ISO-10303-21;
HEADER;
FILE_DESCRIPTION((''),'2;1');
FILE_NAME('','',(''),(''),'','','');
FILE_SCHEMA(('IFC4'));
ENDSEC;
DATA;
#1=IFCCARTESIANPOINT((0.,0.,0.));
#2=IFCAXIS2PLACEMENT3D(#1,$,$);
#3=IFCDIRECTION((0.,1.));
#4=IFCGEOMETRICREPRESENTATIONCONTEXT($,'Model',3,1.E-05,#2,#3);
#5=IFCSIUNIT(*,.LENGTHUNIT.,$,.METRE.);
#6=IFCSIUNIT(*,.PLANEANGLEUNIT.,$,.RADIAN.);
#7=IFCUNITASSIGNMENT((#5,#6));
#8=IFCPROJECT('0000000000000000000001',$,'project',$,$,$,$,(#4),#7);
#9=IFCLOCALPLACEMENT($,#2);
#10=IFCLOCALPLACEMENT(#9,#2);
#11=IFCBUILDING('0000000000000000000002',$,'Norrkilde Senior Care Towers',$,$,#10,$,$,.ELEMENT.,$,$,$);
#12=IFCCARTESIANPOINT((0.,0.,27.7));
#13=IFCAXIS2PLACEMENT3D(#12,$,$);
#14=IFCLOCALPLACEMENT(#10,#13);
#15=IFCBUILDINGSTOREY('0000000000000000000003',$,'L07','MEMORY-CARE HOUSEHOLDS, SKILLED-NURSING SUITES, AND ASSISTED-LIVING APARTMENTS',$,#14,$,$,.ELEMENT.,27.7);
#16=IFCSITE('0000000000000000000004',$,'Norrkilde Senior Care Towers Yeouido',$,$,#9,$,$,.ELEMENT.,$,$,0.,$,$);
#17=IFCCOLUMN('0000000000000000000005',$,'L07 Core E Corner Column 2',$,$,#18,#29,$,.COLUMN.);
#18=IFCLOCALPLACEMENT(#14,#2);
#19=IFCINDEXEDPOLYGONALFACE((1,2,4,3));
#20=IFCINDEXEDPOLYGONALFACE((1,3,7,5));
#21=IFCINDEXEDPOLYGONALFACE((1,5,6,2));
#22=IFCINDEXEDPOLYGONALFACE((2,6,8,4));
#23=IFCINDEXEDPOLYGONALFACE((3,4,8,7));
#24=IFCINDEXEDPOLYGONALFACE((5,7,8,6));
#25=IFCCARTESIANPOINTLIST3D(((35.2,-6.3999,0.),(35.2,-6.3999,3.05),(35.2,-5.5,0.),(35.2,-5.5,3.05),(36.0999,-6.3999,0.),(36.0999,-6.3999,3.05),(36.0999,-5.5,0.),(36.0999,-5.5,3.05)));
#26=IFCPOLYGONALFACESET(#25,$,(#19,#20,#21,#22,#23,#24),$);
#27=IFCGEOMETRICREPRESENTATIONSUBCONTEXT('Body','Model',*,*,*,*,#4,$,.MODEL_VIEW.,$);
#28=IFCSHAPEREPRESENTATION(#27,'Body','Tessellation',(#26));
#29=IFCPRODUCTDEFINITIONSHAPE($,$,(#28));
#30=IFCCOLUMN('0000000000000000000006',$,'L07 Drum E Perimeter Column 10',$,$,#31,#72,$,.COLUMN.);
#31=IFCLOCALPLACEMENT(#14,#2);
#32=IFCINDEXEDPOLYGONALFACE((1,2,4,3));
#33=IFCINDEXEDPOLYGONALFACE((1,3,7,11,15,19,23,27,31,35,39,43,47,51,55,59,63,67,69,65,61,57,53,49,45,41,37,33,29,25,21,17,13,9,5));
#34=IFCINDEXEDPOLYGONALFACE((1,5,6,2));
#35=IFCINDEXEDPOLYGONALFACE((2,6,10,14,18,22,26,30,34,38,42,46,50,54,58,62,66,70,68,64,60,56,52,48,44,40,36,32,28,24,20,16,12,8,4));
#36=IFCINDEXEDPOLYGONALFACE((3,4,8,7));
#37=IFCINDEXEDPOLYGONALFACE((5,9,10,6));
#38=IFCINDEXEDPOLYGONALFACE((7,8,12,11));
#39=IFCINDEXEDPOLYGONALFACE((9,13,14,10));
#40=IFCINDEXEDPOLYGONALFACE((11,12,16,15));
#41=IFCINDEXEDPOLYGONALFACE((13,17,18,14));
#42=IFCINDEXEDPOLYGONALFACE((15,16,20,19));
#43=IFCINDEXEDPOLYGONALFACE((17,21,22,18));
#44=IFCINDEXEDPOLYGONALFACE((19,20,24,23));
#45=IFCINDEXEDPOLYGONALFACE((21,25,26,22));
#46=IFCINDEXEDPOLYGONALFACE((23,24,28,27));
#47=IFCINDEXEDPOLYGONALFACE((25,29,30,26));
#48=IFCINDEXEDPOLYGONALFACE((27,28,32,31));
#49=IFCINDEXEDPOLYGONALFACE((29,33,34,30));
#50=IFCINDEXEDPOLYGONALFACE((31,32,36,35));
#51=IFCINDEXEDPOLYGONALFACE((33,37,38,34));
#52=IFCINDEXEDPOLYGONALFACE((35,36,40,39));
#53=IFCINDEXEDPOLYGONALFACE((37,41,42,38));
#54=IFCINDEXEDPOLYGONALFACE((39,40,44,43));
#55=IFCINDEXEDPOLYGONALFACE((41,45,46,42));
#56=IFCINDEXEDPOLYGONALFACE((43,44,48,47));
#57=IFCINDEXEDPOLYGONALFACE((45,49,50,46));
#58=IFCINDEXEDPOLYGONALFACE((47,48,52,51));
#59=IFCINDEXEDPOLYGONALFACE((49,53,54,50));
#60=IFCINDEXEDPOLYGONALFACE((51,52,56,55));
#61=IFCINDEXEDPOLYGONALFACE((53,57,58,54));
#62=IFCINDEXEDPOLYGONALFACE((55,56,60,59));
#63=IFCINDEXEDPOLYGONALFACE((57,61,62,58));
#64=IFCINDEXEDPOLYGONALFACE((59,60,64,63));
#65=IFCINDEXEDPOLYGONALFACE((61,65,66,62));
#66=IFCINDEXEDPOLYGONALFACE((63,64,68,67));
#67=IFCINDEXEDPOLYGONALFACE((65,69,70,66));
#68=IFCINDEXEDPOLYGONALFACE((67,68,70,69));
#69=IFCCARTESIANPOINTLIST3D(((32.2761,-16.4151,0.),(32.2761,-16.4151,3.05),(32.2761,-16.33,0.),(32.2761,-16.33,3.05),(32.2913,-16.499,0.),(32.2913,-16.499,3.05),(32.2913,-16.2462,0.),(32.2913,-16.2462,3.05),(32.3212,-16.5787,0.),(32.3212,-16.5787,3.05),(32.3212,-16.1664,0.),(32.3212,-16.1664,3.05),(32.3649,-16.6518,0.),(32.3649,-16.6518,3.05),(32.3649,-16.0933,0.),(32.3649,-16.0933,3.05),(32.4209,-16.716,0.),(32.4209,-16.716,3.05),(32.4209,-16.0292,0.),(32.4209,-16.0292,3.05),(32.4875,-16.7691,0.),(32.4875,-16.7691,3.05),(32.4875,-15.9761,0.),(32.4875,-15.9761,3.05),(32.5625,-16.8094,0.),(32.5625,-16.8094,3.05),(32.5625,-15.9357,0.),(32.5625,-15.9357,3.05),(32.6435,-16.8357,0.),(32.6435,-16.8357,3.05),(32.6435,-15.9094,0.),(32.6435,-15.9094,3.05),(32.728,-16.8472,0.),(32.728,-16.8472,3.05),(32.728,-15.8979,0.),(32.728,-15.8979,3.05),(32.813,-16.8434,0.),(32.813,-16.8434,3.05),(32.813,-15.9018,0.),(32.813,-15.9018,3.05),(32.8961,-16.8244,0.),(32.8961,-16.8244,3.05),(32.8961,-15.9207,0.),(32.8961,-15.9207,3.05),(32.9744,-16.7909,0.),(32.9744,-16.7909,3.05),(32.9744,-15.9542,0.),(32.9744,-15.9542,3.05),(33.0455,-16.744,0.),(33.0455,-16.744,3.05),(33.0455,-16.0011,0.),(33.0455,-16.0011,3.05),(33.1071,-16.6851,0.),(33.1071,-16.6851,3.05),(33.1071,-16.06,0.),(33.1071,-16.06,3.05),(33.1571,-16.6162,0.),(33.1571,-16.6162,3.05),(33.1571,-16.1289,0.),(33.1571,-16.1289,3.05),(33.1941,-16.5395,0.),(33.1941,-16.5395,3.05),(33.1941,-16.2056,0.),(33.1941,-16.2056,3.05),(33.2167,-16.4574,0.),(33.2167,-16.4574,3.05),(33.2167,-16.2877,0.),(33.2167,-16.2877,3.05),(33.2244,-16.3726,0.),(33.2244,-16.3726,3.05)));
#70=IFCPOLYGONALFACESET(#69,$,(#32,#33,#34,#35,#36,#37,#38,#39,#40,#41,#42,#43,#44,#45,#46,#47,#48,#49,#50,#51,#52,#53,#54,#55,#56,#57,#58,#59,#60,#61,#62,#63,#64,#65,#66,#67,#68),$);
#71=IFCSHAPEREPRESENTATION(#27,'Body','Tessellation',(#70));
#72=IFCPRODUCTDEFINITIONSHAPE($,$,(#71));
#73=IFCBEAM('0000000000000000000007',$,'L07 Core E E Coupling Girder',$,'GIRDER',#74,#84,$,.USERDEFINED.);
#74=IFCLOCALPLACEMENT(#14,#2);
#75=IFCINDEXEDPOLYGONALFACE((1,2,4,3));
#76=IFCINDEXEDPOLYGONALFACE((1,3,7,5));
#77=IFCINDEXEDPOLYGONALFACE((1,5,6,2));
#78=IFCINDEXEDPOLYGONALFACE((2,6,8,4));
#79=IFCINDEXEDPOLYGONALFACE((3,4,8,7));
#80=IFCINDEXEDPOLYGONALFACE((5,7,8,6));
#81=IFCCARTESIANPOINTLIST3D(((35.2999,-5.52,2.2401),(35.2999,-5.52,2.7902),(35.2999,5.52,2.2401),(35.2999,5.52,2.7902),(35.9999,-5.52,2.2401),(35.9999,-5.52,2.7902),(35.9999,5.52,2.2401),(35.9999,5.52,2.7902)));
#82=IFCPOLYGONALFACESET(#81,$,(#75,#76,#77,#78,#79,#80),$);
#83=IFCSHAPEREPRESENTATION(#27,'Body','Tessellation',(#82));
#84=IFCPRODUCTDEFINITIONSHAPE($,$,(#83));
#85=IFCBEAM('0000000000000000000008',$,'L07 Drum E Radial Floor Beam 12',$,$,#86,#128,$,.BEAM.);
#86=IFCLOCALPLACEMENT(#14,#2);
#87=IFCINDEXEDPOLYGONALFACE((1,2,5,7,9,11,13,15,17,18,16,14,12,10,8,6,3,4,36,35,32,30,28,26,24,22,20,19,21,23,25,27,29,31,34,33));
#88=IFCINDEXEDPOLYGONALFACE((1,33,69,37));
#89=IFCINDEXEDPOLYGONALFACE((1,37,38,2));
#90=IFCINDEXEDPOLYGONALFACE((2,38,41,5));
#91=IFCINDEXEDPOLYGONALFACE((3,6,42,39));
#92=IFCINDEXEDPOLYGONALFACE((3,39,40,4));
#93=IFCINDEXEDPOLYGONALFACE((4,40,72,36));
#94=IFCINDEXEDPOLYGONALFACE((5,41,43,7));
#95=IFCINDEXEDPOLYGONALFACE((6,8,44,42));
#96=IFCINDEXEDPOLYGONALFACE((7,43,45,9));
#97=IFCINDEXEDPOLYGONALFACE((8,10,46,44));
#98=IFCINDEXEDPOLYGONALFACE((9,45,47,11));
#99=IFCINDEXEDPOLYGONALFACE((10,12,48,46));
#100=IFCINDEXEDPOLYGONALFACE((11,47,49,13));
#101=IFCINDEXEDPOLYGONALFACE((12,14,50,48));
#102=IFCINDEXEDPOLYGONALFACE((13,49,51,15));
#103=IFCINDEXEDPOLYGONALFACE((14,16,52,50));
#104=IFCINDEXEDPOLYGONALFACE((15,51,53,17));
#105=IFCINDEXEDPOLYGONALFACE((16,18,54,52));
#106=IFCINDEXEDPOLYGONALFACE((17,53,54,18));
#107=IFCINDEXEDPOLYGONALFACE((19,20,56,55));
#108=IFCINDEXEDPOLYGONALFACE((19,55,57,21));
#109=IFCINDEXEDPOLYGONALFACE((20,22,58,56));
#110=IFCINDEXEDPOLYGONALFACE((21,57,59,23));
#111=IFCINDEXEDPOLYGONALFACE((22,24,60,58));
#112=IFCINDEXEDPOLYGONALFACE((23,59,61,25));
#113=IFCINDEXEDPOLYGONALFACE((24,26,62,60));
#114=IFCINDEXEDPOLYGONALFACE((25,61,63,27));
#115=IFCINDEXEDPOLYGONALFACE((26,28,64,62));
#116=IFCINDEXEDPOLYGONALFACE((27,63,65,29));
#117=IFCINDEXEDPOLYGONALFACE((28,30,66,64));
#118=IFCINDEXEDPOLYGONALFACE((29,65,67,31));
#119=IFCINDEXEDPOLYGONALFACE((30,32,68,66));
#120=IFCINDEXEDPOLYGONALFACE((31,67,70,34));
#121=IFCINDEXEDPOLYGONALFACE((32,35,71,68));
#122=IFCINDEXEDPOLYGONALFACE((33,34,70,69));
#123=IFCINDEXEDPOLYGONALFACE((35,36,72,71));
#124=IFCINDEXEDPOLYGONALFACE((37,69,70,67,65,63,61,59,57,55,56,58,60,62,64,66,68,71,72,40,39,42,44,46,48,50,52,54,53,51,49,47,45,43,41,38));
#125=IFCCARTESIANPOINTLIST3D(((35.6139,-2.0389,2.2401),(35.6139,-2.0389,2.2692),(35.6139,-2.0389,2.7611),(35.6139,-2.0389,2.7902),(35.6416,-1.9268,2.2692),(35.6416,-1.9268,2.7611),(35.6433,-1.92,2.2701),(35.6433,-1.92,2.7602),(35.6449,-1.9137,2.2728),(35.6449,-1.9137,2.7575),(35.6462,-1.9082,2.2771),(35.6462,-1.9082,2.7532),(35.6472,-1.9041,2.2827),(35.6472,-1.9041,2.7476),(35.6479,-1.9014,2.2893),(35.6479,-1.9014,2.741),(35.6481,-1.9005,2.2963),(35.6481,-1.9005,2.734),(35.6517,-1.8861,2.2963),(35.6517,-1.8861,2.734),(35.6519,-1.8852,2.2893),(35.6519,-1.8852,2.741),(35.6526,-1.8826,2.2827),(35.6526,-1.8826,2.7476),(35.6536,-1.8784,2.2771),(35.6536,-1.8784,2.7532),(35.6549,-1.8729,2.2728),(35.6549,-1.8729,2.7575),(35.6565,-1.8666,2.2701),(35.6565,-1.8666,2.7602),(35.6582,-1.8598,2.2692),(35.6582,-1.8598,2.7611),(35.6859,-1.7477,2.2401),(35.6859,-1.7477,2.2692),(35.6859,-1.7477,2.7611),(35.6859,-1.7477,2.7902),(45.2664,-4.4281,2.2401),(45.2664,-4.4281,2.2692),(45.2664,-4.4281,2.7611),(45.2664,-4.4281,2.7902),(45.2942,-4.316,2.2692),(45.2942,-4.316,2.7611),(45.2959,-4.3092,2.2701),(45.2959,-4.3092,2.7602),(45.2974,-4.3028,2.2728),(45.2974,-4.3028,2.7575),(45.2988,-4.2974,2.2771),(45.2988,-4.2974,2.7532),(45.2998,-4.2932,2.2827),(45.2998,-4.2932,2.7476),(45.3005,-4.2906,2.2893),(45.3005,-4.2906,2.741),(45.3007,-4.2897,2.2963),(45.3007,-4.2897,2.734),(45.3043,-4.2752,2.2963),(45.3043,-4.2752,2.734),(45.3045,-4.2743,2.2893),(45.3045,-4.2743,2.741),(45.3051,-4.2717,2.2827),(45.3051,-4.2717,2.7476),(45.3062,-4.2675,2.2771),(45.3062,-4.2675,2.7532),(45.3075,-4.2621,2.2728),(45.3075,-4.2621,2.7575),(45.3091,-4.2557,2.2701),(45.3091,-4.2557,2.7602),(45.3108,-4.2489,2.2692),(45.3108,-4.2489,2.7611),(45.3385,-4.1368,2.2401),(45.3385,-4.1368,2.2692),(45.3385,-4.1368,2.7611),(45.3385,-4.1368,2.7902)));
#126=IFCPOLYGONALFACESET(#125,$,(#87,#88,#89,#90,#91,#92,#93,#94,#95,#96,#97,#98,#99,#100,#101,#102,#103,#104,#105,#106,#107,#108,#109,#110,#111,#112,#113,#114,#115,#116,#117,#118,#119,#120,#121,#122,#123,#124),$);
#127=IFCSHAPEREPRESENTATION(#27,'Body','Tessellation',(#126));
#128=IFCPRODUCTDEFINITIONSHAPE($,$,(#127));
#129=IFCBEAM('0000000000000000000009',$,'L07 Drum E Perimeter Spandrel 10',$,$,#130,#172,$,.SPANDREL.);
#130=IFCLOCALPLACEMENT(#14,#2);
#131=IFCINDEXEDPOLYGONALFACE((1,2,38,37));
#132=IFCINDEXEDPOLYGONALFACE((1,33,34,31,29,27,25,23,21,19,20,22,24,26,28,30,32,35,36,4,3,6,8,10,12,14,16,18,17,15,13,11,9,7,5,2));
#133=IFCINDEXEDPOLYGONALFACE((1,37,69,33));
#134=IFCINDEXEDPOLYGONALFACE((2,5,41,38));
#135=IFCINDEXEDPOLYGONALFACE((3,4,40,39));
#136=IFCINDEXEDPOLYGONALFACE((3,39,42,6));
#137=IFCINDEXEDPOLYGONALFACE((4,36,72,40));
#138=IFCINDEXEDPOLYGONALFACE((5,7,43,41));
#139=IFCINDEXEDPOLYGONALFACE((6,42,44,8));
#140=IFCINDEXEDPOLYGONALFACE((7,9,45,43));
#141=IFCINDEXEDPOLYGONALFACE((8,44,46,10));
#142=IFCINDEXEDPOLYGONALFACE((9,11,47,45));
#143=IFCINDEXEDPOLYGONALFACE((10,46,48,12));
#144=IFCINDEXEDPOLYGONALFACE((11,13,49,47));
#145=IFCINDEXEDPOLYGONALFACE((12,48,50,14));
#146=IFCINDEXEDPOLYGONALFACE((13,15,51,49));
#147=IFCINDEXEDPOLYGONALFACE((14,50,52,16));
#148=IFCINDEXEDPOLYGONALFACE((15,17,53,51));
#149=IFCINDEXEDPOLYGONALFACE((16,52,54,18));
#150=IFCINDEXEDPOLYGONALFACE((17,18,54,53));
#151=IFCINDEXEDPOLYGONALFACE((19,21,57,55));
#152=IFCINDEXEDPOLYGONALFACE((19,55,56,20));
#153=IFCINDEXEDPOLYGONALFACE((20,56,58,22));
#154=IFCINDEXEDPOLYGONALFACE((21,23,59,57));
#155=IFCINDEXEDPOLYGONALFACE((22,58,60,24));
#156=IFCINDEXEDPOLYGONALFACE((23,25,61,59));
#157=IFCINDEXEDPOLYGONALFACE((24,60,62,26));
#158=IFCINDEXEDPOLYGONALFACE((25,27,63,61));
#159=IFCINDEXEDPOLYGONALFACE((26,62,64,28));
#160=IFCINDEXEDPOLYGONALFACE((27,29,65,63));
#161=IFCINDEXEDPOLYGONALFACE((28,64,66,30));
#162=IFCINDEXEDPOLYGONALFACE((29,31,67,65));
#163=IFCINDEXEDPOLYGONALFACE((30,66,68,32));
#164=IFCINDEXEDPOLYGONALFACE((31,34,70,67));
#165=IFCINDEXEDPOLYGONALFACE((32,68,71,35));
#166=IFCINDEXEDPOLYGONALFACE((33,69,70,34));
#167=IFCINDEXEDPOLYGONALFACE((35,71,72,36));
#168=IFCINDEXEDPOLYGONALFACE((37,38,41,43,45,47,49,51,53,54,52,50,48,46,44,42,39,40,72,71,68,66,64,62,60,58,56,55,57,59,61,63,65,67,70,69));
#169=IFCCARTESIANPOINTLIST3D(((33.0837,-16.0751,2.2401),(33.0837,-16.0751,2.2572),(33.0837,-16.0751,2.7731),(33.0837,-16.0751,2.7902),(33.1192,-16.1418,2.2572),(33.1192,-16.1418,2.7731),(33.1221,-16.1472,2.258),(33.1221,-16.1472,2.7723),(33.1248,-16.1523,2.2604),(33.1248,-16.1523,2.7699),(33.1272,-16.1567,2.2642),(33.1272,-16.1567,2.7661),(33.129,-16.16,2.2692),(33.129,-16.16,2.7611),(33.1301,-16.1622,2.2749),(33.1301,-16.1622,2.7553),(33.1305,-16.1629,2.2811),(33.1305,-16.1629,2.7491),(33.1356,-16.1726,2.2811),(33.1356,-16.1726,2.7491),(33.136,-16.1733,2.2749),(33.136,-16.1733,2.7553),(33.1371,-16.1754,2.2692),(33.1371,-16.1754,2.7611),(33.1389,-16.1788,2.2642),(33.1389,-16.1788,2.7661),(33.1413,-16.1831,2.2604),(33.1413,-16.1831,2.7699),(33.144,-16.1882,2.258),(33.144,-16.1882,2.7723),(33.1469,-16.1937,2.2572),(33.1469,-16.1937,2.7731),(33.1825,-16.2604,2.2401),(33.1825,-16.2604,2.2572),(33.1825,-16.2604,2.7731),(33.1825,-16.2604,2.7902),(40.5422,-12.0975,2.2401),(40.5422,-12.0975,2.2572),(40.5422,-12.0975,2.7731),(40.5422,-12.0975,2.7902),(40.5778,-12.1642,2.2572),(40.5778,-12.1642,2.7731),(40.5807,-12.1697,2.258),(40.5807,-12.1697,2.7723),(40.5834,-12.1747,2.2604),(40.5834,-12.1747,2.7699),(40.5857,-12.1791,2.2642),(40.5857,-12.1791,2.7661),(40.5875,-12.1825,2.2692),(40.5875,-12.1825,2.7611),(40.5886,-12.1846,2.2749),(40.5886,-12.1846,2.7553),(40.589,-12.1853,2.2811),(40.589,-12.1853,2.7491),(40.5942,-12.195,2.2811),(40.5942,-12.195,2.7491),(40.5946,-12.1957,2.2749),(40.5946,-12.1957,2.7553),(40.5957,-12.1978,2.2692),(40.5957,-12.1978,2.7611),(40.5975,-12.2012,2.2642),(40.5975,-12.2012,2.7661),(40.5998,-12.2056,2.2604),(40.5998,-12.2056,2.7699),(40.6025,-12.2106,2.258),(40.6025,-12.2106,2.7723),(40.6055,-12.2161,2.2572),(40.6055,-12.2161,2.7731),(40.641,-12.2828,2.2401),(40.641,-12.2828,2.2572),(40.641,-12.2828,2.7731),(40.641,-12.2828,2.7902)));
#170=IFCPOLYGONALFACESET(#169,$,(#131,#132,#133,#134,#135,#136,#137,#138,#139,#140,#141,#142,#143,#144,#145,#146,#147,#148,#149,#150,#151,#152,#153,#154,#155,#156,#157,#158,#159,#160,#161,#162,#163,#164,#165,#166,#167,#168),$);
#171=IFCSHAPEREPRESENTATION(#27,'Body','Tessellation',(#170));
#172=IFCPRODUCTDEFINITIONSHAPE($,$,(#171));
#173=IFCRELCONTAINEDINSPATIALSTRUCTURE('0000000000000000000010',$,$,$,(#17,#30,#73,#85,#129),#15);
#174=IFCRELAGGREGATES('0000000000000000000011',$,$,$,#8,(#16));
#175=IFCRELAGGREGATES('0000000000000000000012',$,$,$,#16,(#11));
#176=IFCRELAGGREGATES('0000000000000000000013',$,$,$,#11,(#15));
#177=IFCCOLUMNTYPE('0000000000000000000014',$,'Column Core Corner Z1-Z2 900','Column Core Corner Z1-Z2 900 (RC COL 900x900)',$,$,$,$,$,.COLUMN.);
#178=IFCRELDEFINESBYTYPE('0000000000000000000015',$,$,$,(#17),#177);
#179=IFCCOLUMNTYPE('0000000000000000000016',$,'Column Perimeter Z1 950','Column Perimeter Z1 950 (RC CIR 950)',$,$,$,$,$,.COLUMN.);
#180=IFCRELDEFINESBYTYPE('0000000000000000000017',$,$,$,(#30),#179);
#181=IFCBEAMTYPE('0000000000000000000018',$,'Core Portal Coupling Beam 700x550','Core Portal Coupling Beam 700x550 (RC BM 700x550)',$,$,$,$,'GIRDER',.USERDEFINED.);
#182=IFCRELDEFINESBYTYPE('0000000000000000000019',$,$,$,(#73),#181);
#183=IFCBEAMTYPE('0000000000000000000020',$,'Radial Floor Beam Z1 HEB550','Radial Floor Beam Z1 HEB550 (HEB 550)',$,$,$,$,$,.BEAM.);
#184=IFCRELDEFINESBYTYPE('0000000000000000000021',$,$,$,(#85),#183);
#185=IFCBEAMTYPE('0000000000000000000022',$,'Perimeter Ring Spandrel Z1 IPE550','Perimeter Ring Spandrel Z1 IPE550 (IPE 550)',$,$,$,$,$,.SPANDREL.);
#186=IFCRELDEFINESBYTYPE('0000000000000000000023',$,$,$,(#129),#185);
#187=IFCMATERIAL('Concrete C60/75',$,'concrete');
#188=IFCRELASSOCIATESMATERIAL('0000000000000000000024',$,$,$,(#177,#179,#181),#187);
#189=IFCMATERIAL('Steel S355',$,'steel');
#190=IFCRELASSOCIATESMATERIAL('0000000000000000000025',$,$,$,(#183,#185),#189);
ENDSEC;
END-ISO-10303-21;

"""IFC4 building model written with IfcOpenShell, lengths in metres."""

from ifc_helpers import new_model, si_unit, direction, frame, origin, origin_2d, place, context, subcontext, project, spatial, rectangle, circle, i_section, extrude, source, transform, mapped, material, material_profile, profile_set, type_object, type_shapes, element, save


model = new_model("IFC4")

# Units and contexts
model_context = context("Model", 3, precision=1e-05, world=origin(), true_north=direction((0.0, 1.0)))
body_context = subcontext(model_context, "Body", "Model", "MODEL_VIEW")
ifc_project = project(units=[si_unit("LENGTHUNIT", "METRE"), si_unit("PLANEANGLEUNIT", "RADIAN")], contexts=[model_context])

# Site, building, storey
site_placement = place(None, origin())
site = spatial("IfcSite", under=ifc_project, at=site_placement, Name="Norrkilde Senior Care Towers Yeouido", CompositionType="ELEMENT", RefElevation=0.0)
building_placement = place(site_placement, origin())
building = spatial("IfcBuilding", under=site, at=building_placement, Name="Norrkilde Senior Care Towers", CompositionType="ELEMENT")
storey_placement = place(building_placement, frame((0.0, 0.0, 27.7)))
storey = spatial("IfcBuildingStorey", under=building, at=storey_placement, Name="L07", Description="MEMORY-CARE HOUSEHOLDS, SKILLED-NURSING SUITES, AND ASSISTED-LIVING APARTMENTS", CompositionType="ELEMENT", Elevation=27.7)

# Columns
ifc_material_1 = material(Name="Concrete C60/75", Category="concrete")
ifc_material_profile_1 = material_profile(ifc_material_1, rectangle(XDim=0.8999, YDim=0.8999, at=origin_2d()), Name="RC COL 900x900")
ifc_profile_set_1 = profile_set([ifc_material_profile_1], Name="Concrete C60/75")
column_type_1 = type_object("IfcColumnType", Name="Column Core Corner Z1-Z2 900", Description="Column Core Corner Z1-Z2 900 (RC COL 900x900)", PredefinedType="COLUMN", material=ifc_profile_set_1)
shared_shape_1 = source(origin(), body_context, "Body", "SweptSolid", [
    extrude(rectangle(XDim=0.8999, YDim=0.8999, at=origin_2d()), origin(), (0.0, 0.0, 1.0), 3.05),
])
type_shapes(column_type_1, [shared_shape_1])
column_1_placement = place(storey_placement, frame((35.6499, -5.95, 0.0), z_axis=(0.0, 0.0, 1.0), x_axis=(1.0, 0.0, 0.0)))
element("IfcColumn", 1, at=column_1_placement, inside=storey, type_object=column_type_1, Name="L07 Core E Corner Column 2", PredefinedType="COLUMN", context=body_context, shape_type="MappedRepresentation", body=[
    mapped(shared_shape_1, transform((0.0, 0.0, 0.0), x_axis=(1.0, 0.0, 0.0), y_axis=(0.0, 1.0, 0.0), z_axis=(0.0, 0.0, 1.0), scale=1.0)),
])
ifc_material_profile_2 = material_profile(ifc_material_1, circle(Radius=0.4751, at=origin_2d()), Name="RC CIR 950")
ifc_profile_set_2 = profile_set([ifc_material_profile_2], Name="Concrete C60/75")
column_type_2 = type_object("IfcColumnType", Name="Column Perimeter Z1 950", Description="Column Perimeter Z1 950 (RC CIR 950)", PredefinedType="COLUMN", material=ifc_profile_set_2)
shared_shape_2 = source(origin(), body_context, "Body", "SweptSolid", [
    extrude(circle(Radius=0.4751, at=origin_2d()), origin(), (0.0, 0.0, 1.0), 3.05),
])
type_shapes(column_type_2, [shared_shape_2])
column_2_placement = place(storey_placement, frame((32.7493, -16.3726, 0.0), z_axis=(0.0, 0.0, 1.0), x_axis=(1.0, 0.0, 0.0)))
element("IfcColumn", 2, at=column_2_placement, inside=storey, type_object=column_type_2, Name="L07 Drum E Perimeter Column 10", PredefinedType="COLUMN", context=body_context, shape_type="MappedRepresentation", body=[
    mapped(shared_shape_2, transform((0.0, 0.0, 0.0), x_axis=(1.0, 0.0, 0.0), y_axis=(0.0, 1.0, 0.0), z_axis=(0.0, 0.0, 1.0), scale=1.0)),
])

# Beams
ifc_material_profile_3 = material_profile(ifc_material_1, rectangle(XDim=0.7, YDim=0.55, at=origin_2d()), Name="RC BM 700x550")
ifc_profile_set_3 = profile_set([ifc_material_profile_3], Name="Concrete C60/75")
beam_type_1 = type_object("IfcBeamType", Name="Core Portal Coupling Beam 700x550", Description="Core Portal Coupling Beam 700x550 (RC BM 700x550)", ElementType="GIRDER", PredefinedType="USERDEFINED", material=ifc_profile_set_3)
shared_shape_3 = source(origin(), body_context, "Body", "SweptSolid", [
    extrude(rectangle(XDim=0.7, YDim=0.55, at=origin_2d()), origin(), (0.0, 0.0, 1.0), 11.04),
])
type_shapes(beam_type_1, [shared_shape_3])
beam_1_placement = place(storey_placement, frame((35.6499, -5.52, 2.5151), z_axis=(0.0, 1.0, 0.0), x_axis=(-1.0, 0.0, 0.0)))
element("IfcBeam", 3, at=beam_1_placement, inside=storey, type_object=beam_type_1, Name="L07 Core E E Coupling Girder", ObjectType="GIRDER", PredefinedType="USERDEFINED", context=body_context, shape_type="MappedRepresentation", body=[
    mapped(shared_shape_3, transform((0.0, 0.0, 0.0), x_axis=(1.0, 0.0, 0.0), y_axis=(0.0, 1.0, 0.0), z_axis=(0.0, 0.0, 1.0), scale=1.0)),
])
ifc_material_2 = material(Name="Steel S355", Category="steel")
ifc_material_profile_4 = material_profile(ifc_material_2, i_section(OverallWidth=0.3, OverallDepth=0.55, WebThickness=0.0149, FlangeThickness=0.0291, FilletRadius=0.0271, at=origin_2d()), Name="HEB 550")
ifc_profile_set_4 = profile_set([ifc_material_profile_4], Name="Steel S355")
beam_type_2 = type_object("IfcBeamType", Name="Radial Floor Beam Z1 HEB550", Description="Radial Floor Beam Z1 HEB550 (HEB 550)", PredefinedType="BEAM", material=ifc_profile_set_4)
shared_shape_4 = source(origin(), body_context, "Body", "SweptSolid", [
    extrude(i_section(OverallWidth=0.3, OverallDepth=0.55, WebThickness=0.0149, FlangeThickness=0.0291, FilletRadius=0.0271, at=origin_2d()), origin(), (0.0, 0.0, 1.0), 9.9438),
])
beam_2_placement = place(storey_placement, frame((35.6499, -1.8933, 2.5151), z_axis=(0.970707, -0.240265, 0.0), x_axis=(0.240265, 0.970707, 0.0)))
element("IfcBeam", 4, at=beam_2_placement, inside=storey, type_object=beam_type_2, Name="L07 Drum E Radial Floor Beam 12", PredefinedType="BEAM", context=body_context, shape_type="MappedRepresentation", body=[
    mapped(shared_shape_4, transform((0.0, 0.0, 0.0), x_axis=(1.0, 0.0, 0.0), y_axis=(0.0, 1.0, 0.0), z_axis=(0.0, 0.0, 1.0), scale=1.0)),
])
ifc_material_profile_5 = material_profile(ifc_material_2, i_section(OverallWidth=0.21, OverallDepth=0.55, WebThickness=0.011, FlangeThickness=0.0171, FilletRadius=0.0239, at=origin_2d()), Name="IPE 550")
ifc_profile_set_5 = profile_set([ifc_material_profile_5], Name="Steel S355")
beam_type_3 = type_object("IfcBeamType", Name="Perimeter Ring Spandrel Z1 IPE550", Description="Perimeter Ring Spandrel Z1 IPE550 (IPE 550)", PredefinedType="SPANDREL", material=ifc_profile_set_5)
shared_shape_5 = source(origin(), body_context, "Body", "SweptSolid", [
    extrude(i_section(OverallWidth=0.21, OverallDepth=0.55, WebThickness=0.011, FlangeThickness=0.0171, FilletRadius=0.0239, at=origin_2d()), origin(), (0.0, 0.0, 1.0), 8.4529),
])
type_shapes(beam_type_3, [shared_shape_5])
beam_3_placement = place(storey_placement, frame((33.1331, -16.1677, 2.5151), z_axis=(0.882369, 0.470558, 0.0), x_axis=(-0.470558, 0.882369, 0.0)))
element("IfcBeam", 5, at=beam_3_placement, inside=storey, type_object=beam_type_3, Name="L07 Drum E Perimeter Spandrel 10", PredefinedType="SPANDREL", context=body_context, shape_type="MappedRepresentation", body=[
    mapped(shared_shape_5, transform((0.0, 0.0, 0.0), x_axis=(1.0, 0.0, 0.0), y_axis=(0.0, 1.0, 0.0), z_axis=(0.0, 0.0, 1.0), scale=1.0)),
])

save(model, "model.ifc")
